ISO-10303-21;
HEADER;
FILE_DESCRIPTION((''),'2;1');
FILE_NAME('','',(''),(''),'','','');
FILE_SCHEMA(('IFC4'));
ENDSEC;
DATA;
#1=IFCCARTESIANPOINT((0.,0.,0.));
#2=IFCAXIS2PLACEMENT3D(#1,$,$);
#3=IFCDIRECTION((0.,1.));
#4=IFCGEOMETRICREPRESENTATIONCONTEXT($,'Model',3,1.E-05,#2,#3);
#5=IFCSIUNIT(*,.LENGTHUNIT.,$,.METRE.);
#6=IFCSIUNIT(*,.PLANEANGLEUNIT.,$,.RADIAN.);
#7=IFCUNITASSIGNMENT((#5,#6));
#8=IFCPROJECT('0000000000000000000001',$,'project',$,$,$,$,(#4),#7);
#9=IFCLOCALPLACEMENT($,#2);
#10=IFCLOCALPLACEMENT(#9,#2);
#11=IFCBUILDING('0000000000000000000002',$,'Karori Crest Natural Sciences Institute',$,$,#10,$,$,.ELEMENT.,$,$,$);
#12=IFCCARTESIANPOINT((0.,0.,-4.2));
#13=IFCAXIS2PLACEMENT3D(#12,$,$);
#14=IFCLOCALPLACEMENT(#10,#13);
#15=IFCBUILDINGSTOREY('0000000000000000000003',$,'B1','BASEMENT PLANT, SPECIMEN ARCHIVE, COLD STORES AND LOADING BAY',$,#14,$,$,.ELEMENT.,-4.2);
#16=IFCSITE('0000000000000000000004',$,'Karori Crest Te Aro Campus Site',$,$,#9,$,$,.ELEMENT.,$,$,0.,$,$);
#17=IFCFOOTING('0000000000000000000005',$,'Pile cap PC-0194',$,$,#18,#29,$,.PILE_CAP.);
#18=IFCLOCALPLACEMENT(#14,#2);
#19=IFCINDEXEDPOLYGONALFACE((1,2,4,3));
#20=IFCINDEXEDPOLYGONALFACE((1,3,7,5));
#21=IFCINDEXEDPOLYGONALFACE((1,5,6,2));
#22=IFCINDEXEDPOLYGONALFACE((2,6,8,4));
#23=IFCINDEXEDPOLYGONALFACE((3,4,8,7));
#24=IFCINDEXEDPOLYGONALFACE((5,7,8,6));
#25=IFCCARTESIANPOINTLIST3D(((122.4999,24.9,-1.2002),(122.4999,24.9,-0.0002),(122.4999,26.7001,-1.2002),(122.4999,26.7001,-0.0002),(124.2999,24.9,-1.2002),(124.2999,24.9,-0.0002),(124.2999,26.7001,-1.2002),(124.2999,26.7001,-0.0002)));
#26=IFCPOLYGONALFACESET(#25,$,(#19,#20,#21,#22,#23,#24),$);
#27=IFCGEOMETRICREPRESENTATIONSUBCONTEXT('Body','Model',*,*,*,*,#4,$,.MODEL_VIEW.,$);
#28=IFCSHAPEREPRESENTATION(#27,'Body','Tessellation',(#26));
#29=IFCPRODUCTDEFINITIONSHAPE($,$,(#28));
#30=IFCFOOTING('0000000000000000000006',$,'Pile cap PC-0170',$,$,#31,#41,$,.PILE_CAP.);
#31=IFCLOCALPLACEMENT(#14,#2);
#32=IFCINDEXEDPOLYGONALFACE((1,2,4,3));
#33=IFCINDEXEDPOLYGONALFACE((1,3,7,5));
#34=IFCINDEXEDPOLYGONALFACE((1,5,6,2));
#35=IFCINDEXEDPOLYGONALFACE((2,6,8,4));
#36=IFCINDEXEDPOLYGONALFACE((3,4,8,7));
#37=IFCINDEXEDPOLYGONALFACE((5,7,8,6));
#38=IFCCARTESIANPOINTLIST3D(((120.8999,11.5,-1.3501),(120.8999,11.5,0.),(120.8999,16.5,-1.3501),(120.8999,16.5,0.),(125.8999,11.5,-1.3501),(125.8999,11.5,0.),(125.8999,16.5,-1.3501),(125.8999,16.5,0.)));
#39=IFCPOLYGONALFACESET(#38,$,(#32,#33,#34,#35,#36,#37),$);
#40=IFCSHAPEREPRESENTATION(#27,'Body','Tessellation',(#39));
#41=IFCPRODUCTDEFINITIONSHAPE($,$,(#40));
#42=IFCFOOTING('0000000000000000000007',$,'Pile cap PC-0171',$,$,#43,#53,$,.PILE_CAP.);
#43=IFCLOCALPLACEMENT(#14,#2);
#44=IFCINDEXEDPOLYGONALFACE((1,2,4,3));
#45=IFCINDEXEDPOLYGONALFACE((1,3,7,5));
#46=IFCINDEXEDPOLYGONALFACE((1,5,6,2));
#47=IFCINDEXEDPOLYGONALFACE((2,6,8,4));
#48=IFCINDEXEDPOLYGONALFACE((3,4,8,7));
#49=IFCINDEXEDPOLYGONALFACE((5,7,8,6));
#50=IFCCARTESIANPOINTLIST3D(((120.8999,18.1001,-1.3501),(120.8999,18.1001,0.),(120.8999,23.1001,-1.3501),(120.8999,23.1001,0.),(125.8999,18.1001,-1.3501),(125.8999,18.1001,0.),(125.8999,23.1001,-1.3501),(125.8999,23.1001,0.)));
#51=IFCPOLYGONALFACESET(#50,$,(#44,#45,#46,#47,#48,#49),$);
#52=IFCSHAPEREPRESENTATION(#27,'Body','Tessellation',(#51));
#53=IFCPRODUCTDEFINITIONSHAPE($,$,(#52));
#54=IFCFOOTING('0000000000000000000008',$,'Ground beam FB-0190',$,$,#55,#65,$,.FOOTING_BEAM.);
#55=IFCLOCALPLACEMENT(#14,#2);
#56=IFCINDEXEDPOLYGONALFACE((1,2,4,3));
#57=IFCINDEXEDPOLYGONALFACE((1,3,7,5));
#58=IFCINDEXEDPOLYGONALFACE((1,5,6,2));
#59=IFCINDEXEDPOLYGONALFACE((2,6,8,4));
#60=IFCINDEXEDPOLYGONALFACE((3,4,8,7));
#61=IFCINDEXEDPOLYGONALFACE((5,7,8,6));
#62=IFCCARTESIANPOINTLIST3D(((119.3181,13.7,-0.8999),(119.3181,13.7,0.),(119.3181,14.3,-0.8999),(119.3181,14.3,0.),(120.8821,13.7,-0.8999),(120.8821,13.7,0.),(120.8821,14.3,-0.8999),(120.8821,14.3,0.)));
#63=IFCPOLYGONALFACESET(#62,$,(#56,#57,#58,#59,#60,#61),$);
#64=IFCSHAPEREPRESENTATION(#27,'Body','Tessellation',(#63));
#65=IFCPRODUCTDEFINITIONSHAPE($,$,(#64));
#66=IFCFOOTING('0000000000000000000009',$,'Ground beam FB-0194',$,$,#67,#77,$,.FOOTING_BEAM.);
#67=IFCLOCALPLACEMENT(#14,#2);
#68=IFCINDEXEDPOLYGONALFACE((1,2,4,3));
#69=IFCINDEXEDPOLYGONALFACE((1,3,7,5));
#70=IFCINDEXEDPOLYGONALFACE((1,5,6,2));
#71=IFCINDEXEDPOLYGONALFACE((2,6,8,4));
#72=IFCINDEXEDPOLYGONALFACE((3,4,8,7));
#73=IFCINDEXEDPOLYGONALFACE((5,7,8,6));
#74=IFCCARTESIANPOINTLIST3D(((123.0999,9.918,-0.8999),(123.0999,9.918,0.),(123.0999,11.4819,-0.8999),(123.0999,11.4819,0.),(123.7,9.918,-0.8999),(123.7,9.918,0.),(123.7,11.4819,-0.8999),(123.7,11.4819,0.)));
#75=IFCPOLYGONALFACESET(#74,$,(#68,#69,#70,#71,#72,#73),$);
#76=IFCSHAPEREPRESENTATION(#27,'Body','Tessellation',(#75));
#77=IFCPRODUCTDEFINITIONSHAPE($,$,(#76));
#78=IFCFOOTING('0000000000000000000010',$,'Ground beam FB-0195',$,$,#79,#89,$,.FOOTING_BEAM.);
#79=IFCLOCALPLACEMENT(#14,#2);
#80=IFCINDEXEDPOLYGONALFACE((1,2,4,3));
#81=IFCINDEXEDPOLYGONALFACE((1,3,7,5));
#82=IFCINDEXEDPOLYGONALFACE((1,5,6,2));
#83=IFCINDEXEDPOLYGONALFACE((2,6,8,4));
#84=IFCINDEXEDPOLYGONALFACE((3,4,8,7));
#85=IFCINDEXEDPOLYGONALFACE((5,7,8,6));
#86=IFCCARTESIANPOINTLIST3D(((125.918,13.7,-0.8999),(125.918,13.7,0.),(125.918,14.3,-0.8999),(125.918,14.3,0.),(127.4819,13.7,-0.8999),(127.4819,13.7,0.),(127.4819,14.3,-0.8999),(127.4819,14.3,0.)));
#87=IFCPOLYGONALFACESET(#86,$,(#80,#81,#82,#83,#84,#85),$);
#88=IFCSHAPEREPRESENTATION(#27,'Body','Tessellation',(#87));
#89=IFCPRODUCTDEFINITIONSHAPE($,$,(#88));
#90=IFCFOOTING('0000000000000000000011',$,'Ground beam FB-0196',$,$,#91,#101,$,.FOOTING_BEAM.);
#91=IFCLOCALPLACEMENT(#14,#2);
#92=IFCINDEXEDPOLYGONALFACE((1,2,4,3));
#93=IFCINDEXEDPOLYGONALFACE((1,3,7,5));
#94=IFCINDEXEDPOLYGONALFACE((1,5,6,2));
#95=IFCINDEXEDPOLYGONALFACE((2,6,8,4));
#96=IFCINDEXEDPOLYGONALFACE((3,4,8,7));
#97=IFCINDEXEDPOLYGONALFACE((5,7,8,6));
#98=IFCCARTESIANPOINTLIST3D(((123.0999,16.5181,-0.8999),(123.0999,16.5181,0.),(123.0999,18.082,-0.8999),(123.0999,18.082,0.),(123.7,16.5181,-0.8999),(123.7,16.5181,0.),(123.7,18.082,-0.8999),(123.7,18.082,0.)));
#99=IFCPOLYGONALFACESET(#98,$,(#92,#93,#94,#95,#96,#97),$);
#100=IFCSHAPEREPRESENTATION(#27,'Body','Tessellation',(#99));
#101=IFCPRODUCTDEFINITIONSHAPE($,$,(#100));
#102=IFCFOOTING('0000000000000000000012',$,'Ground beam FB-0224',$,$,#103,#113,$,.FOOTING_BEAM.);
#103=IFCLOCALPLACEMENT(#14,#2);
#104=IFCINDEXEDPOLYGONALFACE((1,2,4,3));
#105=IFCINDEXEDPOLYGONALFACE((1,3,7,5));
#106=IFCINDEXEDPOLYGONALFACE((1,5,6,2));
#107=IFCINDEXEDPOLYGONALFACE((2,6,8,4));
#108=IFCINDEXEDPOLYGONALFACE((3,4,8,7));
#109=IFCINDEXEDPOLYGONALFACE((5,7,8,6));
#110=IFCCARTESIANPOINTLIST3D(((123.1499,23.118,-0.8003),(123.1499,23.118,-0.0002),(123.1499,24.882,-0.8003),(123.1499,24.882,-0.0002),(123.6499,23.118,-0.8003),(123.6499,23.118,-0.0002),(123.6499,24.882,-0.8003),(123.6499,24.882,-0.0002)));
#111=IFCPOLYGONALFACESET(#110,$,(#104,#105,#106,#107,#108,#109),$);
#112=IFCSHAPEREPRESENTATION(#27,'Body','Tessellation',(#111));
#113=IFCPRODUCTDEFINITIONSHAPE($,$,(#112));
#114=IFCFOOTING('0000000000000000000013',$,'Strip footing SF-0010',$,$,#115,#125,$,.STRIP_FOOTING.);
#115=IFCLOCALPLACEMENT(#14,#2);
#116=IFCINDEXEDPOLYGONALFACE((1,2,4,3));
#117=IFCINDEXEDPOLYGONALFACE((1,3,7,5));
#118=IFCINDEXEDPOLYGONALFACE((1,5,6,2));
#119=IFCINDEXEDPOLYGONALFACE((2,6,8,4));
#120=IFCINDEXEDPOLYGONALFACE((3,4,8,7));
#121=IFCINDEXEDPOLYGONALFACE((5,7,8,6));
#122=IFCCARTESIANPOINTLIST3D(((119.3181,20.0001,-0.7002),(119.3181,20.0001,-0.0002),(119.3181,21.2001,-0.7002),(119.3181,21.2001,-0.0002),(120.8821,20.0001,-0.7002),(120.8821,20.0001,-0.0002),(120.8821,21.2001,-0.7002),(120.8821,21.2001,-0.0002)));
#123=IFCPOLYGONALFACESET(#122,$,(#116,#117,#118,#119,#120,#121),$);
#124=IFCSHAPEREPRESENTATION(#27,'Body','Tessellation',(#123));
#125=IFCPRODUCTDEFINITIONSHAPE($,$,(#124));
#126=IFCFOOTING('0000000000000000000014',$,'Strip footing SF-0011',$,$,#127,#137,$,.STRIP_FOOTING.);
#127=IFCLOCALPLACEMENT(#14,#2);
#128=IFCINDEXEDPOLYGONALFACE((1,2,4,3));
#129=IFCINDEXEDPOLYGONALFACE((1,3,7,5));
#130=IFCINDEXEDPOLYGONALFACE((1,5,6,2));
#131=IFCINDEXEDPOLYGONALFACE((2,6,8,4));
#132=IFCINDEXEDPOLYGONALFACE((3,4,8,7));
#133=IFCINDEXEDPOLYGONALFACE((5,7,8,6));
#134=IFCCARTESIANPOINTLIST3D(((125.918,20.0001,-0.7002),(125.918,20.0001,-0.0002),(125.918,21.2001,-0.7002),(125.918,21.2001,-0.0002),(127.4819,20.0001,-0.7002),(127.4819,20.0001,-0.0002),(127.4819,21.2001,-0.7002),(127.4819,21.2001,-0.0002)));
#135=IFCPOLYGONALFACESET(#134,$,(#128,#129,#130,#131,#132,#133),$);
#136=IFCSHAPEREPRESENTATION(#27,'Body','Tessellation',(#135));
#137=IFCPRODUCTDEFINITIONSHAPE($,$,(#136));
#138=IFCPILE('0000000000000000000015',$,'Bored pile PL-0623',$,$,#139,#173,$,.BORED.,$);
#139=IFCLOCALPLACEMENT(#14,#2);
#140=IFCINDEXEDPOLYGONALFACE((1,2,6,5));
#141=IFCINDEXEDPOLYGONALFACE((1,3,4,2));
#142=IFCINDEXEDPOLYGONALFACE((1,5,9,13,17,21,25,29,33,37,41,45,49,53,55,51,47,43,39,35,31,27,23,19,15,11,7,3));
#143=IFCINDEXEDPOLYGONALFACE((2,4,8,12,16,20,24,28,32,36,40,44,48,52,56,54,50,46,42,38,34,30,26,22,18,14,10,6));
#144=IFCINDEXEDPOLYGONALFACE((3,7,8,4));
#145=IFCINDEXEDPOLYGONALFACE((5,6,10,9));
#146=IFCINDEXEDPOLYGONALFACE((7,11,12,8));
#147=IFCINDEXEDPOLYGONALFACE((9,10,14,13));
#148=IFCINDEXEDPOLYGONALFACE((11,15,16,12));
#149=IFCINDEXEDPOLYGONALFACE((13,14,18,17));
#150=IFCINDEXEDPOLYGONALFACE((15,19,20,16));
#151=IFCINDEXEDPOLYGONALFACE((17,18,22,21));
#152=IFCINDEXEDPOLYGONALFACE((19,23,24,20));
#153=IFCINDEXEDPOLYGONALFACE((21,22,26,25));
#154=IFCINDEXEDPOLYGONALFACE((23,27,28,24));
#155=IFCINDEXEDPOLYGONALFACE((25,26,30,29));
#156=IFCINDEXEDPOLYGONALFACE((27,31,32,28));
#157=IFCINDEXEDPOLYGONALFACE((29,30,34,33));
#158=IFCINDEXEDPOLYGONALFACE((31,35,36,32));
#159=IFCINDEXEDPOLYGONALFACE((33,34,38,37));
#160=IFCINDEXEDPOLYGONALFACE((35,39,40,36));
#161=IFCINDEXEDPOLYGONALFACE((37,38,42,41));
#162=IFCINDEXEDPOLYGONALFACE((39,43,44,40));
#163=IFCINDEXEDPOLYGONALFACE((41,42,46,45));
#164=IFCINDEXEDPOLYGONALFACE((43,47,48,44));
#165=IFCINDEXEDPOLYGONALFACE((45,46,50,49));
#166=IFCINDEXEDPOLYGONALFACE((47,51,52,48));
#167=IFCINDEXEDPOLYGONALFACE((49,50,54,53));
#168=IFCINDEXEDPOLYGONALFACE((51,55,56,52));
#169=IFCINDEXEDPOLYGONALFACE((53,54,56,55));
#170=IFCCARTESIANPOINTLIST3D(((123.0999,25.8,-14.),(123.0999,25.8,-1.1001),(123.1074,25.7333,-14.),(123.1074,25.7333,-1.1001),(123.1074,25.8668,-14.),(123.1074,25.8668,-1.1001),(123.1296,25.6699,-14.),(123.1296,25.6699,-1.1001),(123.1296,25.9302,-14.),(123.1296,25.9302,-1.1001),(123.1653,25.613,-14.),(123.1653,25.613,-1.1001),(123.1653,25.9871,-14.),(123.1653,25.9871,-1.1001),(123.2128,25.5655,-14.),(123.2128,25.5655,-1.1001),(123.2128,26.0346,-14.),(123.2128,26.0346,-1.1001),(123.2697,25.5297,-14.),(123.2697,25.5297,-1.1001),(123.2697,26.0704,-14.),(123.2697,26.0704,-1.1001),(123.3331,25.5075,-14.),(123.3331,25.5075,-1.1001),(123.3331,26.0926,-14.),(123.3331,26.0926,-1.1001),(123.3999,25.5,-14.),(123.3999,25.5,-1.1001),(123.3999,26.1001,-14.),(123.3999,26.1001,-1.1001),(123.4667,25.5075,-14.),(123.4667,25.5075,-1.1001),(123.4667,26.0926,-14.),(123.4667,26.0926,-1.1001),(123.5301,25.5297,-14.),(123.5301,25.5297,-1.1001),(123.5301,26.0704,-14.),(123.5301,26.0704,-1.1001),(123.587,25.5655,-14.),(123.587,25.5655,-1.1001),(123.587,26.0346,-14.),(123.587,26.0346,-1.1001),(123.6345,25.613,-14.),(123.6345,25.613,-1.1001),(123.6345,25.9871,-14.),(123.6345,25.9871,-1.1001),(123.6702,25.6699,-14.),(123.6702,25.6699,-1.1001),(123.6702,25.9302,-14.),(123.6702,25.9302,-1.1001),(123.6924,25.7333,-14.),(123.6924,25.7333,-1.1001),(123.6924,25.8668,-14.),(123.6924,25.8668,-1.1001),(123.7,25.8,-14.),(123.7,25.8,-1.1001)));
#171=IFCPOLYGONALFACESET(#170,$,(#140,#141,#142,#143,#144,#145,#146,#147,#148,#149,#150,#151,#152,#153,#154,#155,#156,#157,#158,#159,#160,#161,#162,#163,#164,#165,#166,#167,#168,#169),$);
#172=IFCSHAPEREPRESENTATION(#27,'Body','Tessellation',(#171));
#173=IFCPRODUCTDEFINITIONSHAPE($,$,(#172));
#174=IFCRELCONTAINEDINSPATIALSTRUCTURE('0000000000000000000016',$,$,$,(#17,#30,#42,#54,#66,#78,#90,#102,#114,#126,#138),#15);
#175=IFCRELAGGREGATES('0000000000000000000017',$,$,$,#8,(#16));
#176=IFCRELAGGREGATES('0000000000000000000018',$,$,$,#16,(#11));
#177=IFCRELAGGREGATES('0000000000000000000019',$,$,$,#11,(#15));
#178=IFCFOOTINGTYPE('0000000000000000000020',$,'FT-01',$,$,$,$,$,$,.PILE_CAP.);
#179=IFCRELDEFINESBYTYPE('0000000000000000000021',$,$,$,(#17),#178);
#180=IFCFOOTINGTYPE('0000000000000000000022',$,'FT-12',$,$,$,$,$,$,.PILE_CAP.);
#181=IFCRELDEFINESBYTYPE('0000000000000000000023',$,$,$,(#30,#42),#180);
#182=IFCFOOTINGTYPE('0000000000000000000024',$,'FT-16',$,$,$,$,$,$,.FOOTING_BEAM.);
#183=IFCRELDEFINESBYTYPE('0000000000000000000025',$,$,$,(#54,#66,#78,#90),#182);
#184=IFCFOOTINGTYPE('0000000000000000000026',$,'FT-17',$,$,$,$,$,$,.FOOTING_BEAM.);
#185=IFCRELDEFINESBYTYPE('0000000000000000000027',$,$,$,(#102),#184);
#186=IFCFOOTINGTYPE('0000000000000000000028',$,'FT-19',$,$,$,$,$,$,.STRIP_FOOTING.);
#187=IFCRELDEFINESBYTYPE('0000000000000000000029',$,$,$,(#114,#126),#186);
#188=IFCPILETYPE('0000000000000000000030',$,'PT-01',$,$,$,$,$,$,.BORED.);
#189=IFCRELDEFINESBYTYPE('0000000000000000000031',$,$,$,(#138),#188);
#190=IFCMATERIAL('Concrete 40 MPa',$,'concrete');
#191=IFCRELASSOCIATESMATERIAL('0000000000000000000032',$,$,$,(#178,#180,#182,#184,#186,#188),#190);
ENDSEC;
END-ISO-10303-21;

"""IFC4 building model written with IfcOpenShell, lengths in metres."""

from ifc_helpers import new_model, si_unit, direction, frame, origin, origin_2d, place, context, subcontext, project, spatial, rectangle, circle, extrude, material, material_profile, profile_set, type_object, element, save


model = new_model("IFC4")

# Units and contexts
model_context = context("Model", 3, precision=1e-05, world=origin(), true_north=direction((0.0, 1.0)))
body_context = subcontext(model_context, "Body", "Model", "MODEL_VIEW")
ifc_project = project(units=[si_unit("LENGTHUNIT", "METRE"), si_unit("PLANEANGLEUNIT", "RADIAN")], contexts=[model_context])

# Site, building, storey
site_placement = place(None, origin())
site = spatial("IfcSite", under=ifc_project, at=site_placement, Name="Karori Crest Te Aro Campus Site", CompositionType="ELEMENT", RefElevation=0.0)
building_placement = place(site_placement, origin())
building = spatial("IfcBuilding", under=site, at=building_placement, Name="Karori Crest Natural Sciences Institute", CompositionType="ELEMENT")
storey_placement = place(building_placement, frame((0.0, 0.0, -4.2)))
storey = spatial("IfcBuildingStorey", under=building, at=storey_placement, Name="B1", Description="BASEMENT PLANT, SPECIMEN ARCHIVE, COLD STORES AND LOADING BAY", CompositionType="ELEMENT", Elevation=-4.2)

# Footings
ifc_material_1 = material(Name="Concrete 40 MPa", Category="concrete")
footing_type_1 = type_object("IfcFootingType", Name="FT-01", PredefinedType="PILE_CAP", material=ifc_material_1)
footing_1_placement = place(storey_placement, frame((123.3999, 25.8, -1.2002), z_axis=(0.0, 0.0, 1.0), x_axis=(1.0, 0.0, 0.0)))
element("IfcFooting", 1, at=footing_1_placement, inside=storey, type_object=footing_type_1, Name="Pile cap PC-0194", PredefinedType="PILE_CAP", context=body_context, shape_type="SweptSolid", body=[
    extrude(rectangle(XDim=1.8, YDim=1.8, at=origin_2d()), origin(), (0.0, 0.0, 1.0), 1.2),
])
footing_type_2 = type_object("IfcFootingType", Name="FT-12", PredefinedType="PILE_CAP", material=ifc_material_1)
for number, where, z_axis, x_axis, name in (
    (2, (123.3999, 14.0, -1.3501), (0.0, 0.0, 1.0), (1.0, 0.0, 0.0), "Pile cap PC-0170"),
    (3, (123.3999, 20.6001, -1.3501), (0.0, 0.0, 1.0), (1.0, 0.0, 0.0), "Pile cap PC-0171"),
):
    element("IfcFooting", number, at=place(storey_placement, frame(where, z_axis=z_axis, x_axis=x_axis)), inside=storey, type_object=footing_type_2, Name=name, PredefinedType="PILE_CAP", context=body_context, shape_type="SweptSolid", body=[
        extrude(rectangle(XDim=5.0, YDim=5.0, at=origin_2d()), origin(), (0.0, 0.0, 1.0), 1.3501),
    ])
footing_type_3 = type_object("IfcFootingType", Name="FT-16", PredefinedType="FOOTING_BEAM", material=ifc_material_1)
for number, where, z_axis, x_axis, name in (
    (4, (120.1001, 14.0, -0.8999), (0.0, 0.0, 1.0), (1.0, 0.0, 0.0), "Ground beam FB-0190"),
    (5, (123.3999, 10.7, -0.8999), (0.0, 0.0, 1.0), (0.0, 1.0, 0.0), "Ground beam FB-0194"),
    (6, (126.7, 14.0, -0.8999), (0.0, 0.0, 1.0), (1.0, 0.0, 0.0), "Ground beam FB-0195"),
    (7, (123.3999, 17.3, -0.8999), (0.0, 0.0, 1.0), (0.0, 1.0, 0.0), "Ground beam FB-0196"),
):
    element("IfcFooting", number, at=place(storey_placement, frame(where, z_axis=z_axis, x_axis=x_axis)), inside=storey, type_object=footing_type_3, Name=name, PredefinedType="FOOTING_BEAM", context=body_context, shape_type="SweptSolid", body=[
        extrude(rectangle(XDim=1.564, YDim=0.6001, at=origin_2d()), origin(), (0.0, 0.0, 1.0), 0.8999),
    ])
footing_type_4 = type_object("IfcFootingType", Name="FT-17", PredefinedType="FOOTING_BEAM", material=ifc_material_1)
footing_2_placement = place(storey_placement, frame((123.3999, 24.0, -0.8003), z_axis=(0.0, 0.0, 1.0), x_axis=(0.0, 1.0, 0.0)))
element("IfcFooting", 8, at=footing_2_placement, inside=storey, type_object=footing_type_4, Name="Ground beam FB-0224", PredefinedType="FOOTING_BEAM", context=body_context, shape_type="SweptSolid", body=[
    extrude(rectangle(XDim=1.7639, YDim=0.5, at=origin_2d()), origin(), (0.0, 0.0, 1.0), 0.8),
])
footing_type_5 = type_object("IfcFootingType", Name="FT-19", PredefinedType="STRIP_FOOTING", material=ifc_material_1)
for number, where, z_axis, x_axis, name in (
    (9, (120.1001, 20.6001, -0.7002), (0.0, 0.0, 1.0), (1.0, 0.0, 0.0), "Strip footing SF-0010"),
    (10, (126.7, 20.6001, -0.7002), (0.0, 0.0, 1.0), (1.0, 0.0, 0.0), "Strip footing SF-0011"),
):
    element("IfcFooting", number, at=place(storey_placement, frame(where, z_axis=z_axis, x_axis=x_axis)), inside=storey, type_object=footing_type_5, Name=name, PredefinedType="STRIP_FOOTING", context=body_context, shape_type="SweptSolid", body=[
        extrude(rectangle(XDim=1.564, YDim=1.2, at=origin_2d()), origin(), (0.0, 0.0, 1.0), 0.7),
    ])

# Pile
ifc_material_profile_1 = material_profile(ifc_material_1, circle(Radius=0.3, at=origin_2d()), Name="PILE600")
ifc_profile_set_1 = profile_set([ifc_material_profile_1], Name="Concrete 40 MPa")
pile_type_1 = type_object("IfcPileType", Name="PT-01", PredefinedType="BORED", material=ifc_profile_set_1)
pile_placement = place(storey_placement, frame((123.3999, 25.8, -1.1001), z_axis=(0.0, 0.0, -1.0), x_axis=(1.0, 0.0, 0.0)))
element("IfcPile", 11, at=pile_placement, inside=storey, type_object=pile_type_1, Name="Bored pile PL-0623", PredefinedType="BORED", context=body_context, shape_type="SweptSolid", body=[
    extrude(circle(Radius=0.3, at=origin_2d()), origin(), (0.0, 0.0, 1.0), 12.8999),
])

save(model, "model.ifc")
